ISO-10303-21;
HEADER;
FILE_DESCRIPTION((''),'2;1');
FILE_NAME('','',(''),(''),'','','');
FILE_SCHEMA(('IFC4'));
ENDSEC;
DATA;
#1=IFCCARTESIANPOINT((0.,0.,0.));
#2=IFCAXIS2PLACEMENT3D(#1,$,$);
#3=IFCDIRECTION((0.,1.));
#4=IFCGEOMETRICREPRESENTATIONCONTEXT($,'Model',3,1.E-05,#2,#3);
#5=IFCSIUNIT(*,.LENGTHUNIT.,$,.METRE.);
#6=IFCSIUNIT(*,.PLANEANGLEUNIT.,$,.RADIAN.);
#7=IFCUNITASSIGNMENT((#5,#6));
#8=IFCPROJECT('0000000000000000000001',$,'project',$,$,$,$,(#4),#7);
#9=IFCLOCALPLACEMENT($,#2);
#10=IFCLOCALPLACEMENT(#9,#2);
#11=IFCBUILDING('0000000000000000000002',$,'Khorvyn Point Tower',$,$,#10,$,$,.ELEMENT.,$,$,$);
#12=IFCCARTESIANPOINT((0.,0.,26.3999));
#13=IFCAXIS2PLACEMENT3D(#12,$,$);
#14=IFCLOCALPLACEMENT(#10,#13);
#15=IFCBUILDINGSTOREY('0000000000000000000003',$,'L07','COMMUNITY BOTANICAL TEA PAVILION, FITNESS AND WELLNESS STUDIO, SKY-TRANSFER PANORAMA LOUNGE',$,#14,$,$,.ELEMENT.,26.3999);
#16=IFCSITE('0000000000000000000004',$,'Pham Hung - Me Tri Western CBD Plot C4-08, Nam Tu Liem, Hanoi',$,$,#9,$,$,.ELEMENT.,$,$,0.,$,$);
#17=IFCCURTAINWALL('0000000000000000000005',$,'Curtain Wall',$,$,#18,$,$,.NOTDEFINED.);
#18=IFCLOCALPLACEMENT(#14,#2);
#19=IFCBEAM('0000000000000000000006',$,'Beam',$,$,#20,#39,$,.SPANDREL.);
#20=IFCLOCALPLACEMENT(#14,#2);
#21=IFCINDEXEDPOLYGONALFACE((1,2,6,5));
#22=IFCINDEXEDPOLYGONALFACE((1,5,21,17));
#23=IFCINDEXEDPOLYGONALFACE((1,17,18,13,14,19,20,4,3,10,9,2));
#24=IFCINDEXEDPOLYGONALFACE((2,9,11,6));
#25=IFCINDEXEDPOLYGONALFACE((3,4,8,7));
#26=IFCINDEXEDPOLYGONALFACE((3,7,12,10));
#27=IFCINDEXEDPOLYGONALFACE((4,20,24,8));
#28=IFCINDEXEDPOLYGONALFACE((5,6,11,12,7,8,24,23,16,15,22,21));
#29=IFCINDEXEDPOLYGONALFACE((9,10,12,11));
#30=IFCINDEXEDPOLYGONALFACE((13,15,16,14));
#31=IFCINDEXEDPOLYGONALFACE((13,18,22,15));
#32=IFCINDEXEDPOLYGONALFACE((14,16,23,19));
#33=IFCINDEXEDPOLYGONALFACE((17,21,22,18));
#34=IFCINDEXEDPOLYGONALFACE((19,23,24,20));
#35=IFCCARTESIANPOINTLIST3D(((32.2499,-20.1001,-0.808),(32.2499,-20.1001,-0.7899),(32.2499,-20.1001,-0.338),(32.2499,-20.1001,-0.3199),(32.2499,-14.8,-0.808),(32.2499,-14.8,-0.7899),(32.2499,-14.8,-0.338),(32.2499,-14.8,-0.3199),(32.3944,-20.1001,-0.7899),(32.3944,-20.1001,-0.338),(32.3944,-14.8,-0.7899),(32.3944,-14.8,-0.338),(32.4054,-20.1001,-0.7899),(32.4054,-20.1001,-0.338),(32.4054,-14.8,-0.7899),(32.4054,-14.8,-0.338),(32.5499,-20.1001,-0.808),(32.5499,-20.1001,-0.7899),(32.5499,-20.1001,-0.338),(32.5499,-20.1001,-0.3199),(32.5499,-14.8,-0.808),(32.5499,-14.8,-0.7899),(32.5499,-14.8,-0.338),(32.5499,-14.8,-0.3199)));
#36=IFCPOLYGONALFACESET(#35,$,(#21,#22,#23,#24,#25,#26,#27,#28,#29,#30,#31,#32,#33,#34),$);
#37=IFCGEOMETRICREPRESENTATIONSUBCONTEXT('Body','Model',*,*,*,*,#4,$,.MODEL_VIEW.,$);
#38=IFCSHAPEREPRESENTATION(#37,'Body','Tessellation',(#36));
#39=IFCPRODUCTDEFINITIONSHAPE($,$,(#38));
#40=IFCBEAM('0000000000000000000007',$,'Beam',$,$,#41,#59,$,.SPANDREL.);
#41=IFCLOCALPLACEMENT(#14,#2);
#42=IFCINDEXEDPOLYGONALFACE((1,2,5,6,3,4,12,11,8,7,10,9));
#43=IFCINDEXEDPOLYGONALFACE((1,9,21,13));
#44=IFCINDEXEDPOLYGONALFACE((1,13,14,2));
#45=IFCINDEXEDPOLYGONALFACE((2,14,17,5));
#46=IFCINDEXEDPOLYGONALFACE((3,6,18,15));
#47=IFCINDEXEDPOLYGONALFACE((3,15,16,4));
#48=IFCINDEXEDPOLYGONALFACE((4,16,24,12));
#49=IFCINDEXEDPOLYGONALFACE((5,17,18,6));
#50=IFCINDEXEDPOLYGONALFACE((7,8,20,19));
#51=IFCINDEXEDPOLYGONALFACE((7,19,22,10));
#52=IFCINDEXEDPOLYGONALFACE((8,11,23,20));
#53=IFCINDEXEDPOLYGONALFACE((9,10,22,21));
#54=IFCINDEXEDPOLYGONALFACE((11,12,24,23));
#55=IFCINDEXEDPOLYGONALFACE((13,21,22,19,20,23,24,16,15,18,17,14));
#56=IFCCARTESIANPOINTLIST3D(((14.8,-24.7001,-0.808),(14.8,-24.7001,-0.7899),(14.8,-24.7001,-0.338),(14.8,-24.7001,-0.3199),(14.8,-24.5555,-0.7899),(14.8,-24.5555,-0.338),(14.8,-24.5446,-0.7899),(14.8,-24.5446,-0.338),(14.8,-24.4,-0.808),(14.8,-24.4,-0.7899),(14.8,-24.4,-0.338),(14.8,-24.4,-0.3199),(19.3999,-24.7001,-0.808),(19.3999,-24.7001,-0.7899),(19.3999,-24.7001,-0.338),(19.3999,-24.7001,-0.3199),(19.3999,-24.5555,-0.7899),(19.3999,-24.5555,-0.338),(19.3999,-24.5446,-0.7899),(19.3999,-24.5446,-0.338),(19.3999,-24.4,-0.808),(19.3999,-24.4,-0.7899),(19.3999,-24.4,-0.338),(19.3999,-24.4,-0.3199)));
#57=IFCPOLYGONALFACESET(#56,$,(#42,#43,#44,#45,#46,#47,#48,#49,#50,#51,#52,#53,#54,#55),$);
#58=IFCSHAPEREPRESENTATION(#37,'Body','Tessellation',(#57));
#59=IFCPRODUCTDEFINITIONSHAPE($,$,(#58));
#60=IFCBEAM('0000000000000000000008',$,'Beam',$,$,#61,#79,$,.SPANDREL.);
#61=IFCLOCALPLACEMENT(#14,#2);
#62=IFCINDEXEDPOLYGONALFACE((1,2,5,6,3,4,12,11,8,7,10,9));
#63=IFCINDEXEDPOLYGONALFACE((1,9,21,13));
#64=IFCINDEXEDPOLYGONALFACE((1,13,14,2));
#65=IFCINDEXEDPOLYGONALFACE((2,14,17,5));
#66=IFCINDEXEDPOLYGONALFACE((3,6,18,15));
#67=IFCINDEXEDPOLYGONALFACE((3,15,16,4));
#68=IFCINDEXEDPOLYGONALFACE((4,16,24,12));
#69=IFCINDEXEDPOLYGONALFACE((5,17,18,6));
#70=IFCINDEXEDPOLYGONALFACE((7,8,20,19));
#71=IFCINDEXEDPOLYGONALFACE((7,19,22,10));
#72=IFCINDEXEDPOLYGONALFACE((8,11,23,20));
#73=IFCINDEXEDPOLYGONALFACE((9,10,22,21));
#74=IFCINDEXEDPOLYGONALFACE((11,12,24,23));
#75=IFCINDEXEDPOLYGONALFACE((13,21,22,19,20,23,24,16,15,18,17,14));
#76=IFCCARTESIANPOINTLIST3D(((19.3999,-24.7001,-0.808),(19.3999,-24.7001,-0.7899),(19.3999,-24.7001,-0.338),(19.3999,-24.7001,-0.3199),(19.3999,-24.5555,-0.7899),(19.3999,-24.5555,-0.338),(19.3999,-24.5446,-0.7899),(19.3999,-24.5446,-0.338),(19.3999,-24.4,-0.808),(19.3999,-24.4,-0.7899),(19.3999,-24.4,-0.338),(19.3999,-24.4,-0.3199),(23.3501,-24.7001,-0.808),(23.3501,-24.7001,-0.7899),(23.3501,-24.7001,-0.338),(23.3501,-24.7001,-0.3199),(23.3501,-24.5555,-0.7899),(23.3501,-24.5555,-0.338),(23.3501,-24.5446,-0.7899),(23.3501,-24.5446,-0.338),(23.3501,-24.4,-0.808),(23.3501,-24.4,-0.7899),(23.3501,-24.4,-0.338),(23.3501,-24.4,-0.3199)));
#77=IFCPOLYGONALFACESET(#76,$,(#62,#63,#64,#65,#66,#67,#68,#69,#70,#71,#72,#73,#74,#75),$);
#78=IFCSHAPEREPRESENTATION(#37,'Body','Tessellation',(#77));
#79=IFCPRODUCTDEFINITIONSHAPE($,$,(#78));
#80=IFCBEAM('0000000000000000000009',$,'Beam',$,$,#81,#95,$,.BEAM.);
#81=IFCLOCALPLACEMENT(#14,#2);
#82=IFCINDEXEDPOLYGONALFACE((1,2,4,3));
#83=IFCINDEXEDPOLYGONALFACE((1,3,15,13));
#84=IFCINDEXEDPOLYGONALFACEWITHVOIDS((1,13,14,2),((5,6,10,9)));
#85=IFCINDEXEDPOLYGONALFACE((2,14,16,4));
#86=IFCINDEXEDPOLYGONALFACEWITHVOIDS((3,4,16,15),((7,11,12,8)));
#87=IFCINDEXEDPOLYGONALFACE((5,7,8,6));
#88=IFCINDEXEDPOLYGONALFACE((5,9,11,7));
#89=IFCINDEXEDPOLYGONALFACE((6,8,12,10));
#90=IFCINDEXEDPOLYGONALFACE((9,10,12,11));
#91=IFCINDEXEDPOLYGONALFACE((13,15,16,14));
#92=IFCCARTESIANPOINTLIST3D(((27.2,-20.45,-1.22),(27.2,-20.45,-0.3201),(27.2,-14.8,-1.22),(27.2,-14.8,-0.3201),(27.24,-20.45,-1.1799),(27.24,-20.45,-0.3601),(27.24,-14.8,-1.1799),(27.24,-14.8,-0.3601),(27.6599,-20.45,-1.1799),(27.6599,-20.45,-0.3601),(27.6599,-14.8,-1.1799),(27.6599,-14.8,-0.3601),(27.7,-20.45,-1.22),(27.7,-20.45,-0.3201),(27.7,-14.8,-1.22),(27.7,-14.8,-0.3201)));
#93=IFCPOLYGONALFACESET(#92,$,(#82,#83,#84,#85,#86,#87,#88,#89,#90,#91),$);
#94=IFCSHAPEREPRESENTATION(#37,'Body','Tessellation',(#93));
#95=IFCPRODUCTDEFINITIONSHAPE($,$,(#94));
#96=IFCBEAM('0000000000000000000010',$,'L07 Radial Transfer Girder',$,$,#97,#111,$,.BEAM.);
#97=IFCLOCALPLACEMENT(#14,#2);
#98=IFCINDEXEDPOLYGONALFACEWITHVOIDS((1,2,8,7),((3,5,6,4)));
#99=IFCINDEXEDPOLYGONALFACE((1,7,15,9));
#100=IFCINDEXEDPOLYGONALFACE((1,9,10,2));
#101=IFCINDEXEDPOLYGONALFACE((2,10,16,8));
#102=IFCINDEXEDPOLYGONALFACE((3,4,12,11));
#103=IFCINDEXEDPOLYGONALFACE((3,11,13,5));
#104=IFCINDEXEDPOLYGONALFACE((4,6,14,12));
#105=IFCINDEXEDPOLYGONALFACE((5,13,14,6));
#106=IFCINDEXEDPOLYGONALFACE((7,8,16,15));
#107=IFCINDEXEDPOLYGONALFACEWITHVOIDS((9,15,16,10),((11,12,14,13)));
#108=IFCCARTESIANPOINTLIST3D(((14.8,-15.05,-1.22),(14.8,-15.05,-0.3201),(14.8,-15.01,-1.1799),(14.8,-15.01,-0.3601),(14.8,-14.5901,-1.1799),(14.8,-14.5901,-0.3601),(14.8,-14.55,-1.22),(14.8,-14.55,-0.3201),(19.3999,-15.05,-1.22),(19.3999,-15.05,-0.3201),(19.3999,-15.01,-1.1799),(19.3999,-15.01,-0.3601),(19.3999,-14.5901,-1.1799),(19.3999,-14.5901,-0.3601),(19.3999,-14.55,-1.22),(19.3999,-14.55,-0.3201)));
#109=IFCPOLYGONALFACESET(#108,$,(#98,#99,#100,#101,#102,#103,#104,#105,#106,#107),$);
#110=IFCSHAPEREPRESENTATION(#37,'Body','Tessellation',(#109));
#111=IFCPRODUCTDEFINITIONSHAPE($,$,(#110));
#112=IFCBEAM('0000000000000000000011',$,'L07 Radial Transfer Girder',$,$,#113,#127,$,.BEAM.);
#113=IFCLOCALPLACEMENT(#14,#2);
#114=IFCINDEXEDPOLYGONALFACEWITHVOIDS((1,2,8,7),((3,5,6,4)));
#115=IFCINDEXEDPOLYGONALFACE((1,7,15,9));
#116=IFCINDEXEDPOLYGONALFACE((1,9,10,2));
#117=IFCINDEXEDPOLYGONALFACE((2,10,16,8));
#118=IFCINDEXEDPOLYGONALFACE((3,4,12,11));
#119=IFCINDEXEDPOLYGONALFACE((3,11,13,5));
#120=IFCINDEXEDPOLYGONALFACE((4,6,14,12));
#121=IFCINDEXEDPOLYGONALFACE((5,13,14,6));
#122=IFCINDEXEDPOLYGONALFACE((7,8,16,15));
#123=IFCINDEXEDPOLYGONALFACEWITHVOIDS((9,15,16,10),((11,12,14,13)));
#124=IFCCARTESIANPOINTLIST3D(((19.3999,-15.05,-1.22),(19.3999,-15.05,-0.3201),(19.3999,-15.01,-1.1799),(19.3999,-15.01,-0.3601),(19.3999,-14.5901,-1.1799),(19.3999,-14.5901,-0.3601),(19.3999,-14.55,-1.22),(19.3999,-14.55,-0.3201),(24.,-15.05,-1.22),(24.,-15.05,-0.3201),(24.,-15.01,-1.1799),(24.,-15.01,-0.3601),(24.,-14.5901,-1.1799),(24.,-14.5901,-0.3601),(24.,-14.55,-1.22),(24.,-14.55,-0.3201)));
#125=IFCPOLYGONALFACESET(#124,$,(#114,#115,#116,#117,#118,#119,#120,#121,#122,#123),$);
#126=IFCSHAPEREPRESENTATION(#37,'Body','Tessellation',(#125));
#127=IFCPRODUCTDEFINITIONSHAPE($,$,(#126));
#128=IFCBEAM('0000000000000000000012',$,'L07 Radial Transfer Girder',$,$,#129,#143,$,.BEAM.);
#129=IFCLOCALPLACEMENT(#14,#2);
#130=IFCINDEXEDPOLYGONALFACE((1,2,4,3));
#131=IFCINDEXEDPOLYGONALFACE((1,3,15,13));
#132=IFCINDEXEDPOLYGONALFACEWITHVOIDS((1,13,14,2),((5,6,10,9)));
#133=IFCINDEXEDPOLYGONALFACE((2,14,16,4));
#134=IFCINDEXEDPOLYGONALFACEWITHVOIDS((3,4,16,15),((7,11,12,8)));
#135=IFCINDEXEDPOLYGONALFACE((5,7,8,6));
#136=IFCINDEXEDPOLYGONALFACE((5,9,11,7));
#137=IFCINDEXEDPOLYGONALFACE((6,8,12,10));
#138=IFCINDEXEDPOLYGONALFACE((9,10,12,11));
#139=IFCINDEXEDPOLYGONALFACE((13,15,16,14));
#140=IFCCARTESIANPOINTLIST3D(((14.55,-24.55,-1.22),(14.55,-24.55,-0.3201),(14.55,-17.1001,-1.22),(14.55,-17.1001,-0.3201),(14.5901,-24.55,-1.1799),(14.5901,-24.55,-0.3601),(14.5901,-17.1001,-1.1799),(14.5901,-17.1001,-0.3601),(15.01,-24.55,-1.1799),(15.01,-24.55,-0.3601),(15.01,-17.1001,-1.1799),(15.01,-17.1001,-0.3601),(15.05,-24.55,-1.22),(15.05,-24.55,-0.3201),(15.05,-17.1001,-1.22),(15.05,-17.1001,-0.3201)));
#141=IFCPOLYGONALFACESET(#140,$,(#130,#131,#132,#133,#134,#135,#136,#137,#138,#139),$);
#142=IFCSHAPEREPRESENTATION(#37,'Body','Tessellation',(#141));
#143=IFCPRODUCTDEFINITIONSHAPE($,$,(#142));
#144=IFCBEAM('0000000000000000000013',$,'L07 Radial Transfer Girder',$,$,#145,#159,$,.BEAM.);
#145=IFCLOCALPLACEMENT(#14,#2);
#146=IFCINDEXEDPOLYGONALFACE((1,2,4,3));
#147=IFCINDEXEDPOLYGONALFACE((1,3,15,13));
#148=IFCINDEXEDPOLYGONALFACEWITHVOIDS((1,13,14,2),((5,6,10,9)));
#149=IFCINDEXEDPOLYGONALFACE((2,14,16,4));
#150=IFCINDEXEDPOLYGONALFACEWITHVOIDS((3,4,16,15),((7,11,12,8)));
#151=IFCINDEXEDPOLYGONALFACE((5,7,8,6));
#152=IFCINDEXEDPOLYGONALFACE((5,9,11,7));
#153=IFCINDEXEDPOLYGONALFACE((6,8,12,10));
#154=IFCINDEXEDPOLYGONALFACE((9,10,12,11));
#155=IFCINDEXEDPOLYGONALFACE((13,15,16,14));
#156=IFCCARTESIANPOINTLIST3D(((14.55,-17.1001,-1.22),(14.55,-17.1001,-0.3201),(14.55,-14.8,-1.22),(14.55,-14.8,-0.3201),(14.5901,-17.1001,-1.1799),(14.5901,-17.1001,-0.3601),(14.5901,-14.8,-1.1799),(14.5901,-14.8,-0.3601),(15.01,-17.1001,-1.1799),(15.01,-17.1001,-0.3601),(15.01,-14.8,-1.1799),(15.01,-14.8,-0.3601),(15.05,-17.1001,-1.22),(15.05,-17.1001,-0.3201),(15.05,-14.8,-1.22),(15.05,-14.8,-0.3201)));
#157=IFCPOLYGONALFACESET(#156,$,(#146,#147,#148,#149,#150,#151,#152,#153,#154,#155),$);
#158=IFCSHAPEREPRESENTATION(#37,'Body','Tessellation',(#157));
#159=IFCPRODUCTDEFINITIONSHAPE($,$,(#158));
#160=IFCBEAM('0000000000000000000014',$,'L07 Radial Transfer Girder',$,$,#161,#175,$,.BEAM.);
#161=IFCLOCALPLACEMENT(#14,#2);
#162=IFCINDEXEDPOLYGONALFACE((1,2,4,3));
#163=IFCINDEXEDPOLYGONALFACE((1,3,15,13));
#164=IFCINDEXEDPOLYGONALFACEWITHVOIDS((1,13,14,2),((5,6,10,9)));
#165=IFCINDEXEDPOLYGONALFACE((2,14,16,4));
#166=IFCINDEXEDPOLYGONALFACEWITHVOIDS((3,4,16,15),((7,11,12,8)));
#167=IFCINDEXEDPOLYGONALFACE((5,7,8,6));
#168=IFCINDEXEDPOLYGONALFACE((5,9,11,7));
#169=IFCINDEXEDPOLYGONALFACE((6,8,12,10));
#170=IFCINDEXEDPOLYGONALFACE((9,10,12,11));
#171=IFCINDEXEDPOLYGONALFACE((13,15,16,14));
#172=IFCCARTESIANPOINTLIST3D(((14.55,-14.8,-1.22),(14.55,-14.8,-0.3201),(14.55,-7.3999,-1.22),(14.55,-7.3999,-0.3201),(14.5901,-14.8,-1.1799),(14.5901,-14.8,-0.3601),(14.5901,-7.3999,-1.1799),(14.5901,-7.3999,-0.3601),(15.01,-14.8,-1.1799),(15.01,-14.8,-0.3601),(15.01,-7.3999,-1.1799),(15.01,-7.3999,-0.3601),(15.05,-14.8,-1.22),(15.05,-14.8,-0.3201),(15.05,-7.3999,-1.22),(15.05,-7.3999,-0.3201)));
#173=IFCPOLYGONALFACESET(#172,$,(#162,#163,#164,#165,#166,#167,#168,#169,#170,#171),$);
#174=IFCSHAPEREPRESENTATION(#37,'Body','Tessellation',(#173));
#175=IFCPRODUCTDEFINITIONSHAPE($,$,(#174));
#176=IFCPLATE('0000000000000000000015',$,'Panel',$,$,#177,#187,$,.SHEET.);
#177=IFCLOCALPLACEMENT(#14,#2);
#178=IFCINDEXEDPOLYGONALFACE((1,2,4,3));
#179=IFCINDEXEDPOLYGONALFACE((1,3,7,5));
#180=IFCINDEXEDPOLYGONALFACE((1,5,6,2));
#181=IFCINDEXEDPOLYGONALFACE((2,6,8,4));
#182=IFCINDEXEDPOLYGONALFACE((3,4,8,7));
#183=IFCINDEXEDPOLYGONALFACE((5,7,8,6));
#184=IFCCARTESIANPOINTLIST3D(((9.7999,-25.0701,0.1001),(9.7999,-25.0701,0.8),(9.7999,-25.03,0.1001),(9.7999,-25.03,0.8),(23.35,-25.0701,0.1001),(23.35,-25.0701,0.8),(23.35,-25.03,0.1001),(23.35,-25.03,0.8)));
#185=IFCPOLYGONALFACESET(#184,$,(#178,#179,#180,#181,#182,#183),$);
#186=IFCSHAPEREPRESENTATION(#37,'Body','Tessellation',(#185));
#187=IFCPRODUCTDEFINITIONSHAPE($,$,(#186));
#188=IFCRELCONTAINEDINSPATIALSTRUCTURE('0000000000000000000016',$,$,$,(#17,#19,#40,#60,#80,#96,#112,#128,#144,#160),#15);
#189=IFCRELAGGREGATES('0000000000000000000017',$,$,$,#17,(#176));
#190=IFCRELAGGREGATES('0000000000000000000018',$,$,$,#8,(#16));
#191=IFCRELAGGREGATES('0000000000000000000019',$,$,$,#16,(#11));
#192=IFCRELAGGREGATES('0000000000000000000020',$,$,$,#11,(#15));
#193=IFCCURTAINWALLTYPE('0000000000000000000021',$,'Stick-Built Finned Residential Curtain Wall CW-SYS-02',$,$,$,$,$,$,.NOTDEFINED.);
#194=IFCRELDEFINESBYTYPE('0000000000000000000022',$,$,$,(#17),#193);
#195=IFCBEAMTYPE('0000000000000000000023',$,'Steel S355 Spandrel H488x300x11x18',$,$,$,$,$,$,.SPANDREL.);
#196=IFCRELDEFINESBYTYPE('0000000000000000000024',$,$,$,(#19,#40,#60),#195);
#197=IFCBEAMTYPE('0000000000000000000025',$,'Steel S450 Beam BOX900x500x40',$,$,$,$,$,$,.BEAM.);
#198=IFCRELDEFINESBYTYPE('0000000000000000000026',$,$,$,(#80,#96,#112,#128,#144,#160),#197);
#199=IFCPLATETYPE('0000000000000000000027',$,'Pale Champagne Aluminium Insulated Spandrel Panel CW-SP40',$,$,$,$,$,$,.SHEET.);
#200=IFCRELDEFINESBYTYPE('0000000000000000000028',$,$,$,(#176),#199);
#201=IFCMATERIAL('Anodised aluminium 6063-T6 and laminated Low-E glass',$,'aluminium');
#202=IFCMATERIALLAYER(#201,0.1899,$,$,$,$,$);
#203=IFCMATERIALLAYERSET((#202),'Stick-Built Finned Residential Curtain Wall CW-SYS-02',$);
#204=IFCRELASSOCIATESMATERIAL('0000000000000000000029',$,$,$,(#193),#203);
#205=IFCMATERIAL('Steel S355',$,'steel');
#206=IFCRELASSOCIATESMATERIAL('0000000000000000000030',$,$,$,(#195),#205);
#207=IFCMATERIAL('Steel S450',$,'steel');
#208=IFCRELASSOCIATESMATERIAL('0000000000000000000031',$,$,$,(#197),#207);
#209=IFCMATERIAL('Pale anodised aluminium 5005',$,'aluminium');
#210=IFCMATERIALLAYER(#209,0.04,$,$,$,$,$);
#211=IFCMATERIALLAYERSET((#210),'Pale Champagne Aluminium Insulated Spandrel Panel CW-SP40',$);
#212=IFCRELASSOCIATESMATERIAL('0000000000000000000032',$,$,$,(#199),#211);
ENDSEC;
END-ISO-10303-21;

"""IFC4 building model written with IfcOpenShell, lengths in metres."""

from ifc_helpers import new_model, si_unit, direction, frame, origin, origin_2d, place, context, subcontext, project, spatial, rectangle, hollow_rectangle, i_section, extrude, material, layer, layer_set, material_profile, profile_set, type_object, element, aggregate, save


model = new_model("IFC4")

# Units and contexts
model_context = context("Model", 3, precision=1e-05, world=origin(), true_north=direction((0.0, 1.0)))
body_context = subcontext(model_context, "Body", "Model", "MODEL_VIEW")
ifc_project = project(units=[si_unit("LENGTHUNIT", "METRE"), si_unit("PLANEANGLEUNIT", "RADIAN")], contexts=[model_context])

# Site, building, storey
site_placement = place(None, origin())
site = spatial("IfcSite", under=ifc_project, at=site_placement, Name="Pham Hung - Me Tri Western CBD Plot C4-08, Nam Tu Liem, Hanoi", CompositionType="ELEMENT", RefElevation=0.0)
building_placement = place(site_placement, origin())
building = spatial("IfcBuilding", under=site, at=building_placement, Name="Khorvyn Point Tower", CompositionType="ELEMENT")
storey_placement = place(building_placement, frame((0.0, 0.0, 26.3999)))
storey = spatial("IfcBuildingStorey", under=building, at=storey_placement, Name="L07", Description="COMMUNITY BOTANICAL TEA PAVILION, FITNESS AND WELLNESS STUDIO, SKY-TRANSFER PANORAMA LOUNGE", CompositionType="ELEMENT", Elevation=26.3999)

# Shared definitions
ifc_material_1 = material(Name="Steel S450", Category="steel")

# Curtain wall
ifc_material_2 = material(Name="Anodised aluminium 6063-T6 and laminated Low-E glass", Category="aluminium")
ifc_layer_1 = layer(ifc_material_2, 0.1899)
ifc_layer_set_1 = layer_set([ifc_layer_1], Name="Stick-Built Finned Residential Curtain Wall CW-SYS-02")
curtain_wall_type = type_object("IfcCurtainWallType", Name="Stick-Built Finned Residential Curtain Wall CW-SYS-02", PredefinedType="NOTDEFINED", material=ifc_layer_set_1)
curtain_wall_1_placement = place(storey_placement, origin())
curtain_wall_1 = element("IfcCurtainWall", 1, at=curtain_wall_1_placement, inside=storey, type_object=curtain_wall_type, Name="Curtain Wall", PredefinedType="NOTDEFINED")

# Beams
ifc_material_3 = material(Name="Steel S355", Category="steel")
ifc_material_profile_1 = material_profile(ifc_material_3, i_section(OverallWidth=0.3, OverallDepth=0.488, WebThickness=0.011, FlangeThickness=0.0181, at=origin_2d()))
ifc_profile_set_1 = profile_set([ifc_material_profile_1], Name="Steel S355 H488x300x11x18")
beam_type_1 = type_object("IfcBeamType", Name="Steel S355 Spandrel H488x300x11x18", PredefinedType="SPANDREL", material=ifc_profile_set_1)
beam_1_placement = place(storey_placement, frame((32.3999, -20.1001, -0.564), z_axis=(0.0, 1.0, 0.0), x_axis=(-1.0, 0.0, 0.0)))
element("IfcBeam", 2, at=beam_1_placement, inside=storey, type_object=beam_type_1, Name="Beam", PredefinedType="SPANDREL", context=body_context, shape_type="SweptSolid", body=[
    extrude(i_section(OverallWidth=0.3, OverallDepth=0.488, WebThickness=0.011, FlangeThickness=0.0181, at=origin_2d()), origin(), (0.0, 0.0, 1.0), 5.3),
])
beam_2_placement = place(storey_placement, frame((14.8, -24.55, -0.564), z_axis=(1.0, 0.0, 0.0), x_axis=(0.0, 1.0, 0.0)))
element("IfcBeam", 3, at=beam_2_placement, inside=storey, type_object=beam_type_1, Name="Beam", PredefinedType="SPANDREL", context=body_context, shape_type="SweptSolid", body=[
    extrude(i_section(OverallWidth=0.3, OverallDepth=0.488, WebThickness=0.011, FlangeThickness=0.0181, at=origin_2d()), origin(), (0.0, 0.0, 1.0), 4.5999),
])
beam_3_placement = place(storey_placement, frame((19.3999, -24.55, -0.564), z_axis=(1.0, 0.0, 0.0), x_axis=(0.0, 1.0, 0.0)))
element("IfcBeam", 4, at=beam_3_placement, inside=storey, type_object=beam_type_1, Name="Beam", PredefinedType="SPANDREL", context=body_context, shape_type="SweptSolid", body=[
    extrude(i_section(OverallWidth=0.3, OverallDepth=0.488, WebThickness=0.011, FlangeThickness=0.0181, at=origin_2d()), origin(), (0.0, 0.0, 1.0), 3.9502),
])
ifc_material_profile_2 = material_profile(ifc_material_1, hollow_rectangle(XDim=0.5, YDim=0.8999, WallThickness=0.04, at=origin_2d()))
ifc_profile_set_2 = profile_set([ifc_material_profile_2], Name="Steel S450 BOX900x500x40")
beam_type_2 = type_object("IfcBeamType", Name="Steel S450 Beam BOX900x500x40", PredefinedType="BEAM", material=ifc_profile_set_2)
beam_4_placement = place(storey_placement, frame((27.45, -20.45, -0.77), z_axis=(0.0, 1.0, 0.0), x_axis=(-1.0, 0.0, 0.0)))
element("IfcBeam", 5, at=beam_4_placement, inside=storey, type_object=beam_type_2, Name="Beam", PredefinedType="BEAM", context=body_context, shape_type="SweptSolid", body=[
    extrude(hollow_rectangle(XDim=0.5, YDim=0.8999, WallThickness=0.04, at=origin_2d()), origin(), (0.0, 0.0, 1.0), 5.6499),
])
beam_5_placement = place(storey_placement, frame((14.8, -14.8, -0.77), z_axis=(1.0, 0.0, 0.0), x_axis=(0.0, 1.0, 0.0)))
element("IfcBeam", 6, at=beam_5_placement, inside=storey, type_object=beam_type_2, Name="L07 Radial Transfer Girder", PredefinedType="BEAM", context=body_context, shape_type="SweptSolid", body=[
    extrude(hollow_rectangle(XDim=0.5, YDim=0.8999, WallThickness=0.04, at=origin_2d()), origin(), (0.0, 0.0, 1.0), 4.5999),
])
beam_6_placement = place(storey_placement, frame((19.3999, -14.8, -0.77), z_axis=(1.0, 0.0, 0.0), x_axis=(0.0, 1.0, 0.0)))
element("IfcBeam", 7, at=beam_6_placement, inside=storey, type_object=beam_type_2, Name="L07 Radial Transfer Girder", PredefinedType="BEAM", context=body_context, shape_type="SweptSolid", body=[
    extrude(hollow_rectangle(XDim=0.5, YDim=0.8999, WallThickness=0.04, at=origin_2d()), origin(), (0.0, 0.0, 1.0), 4.6001),
])
beam_7_placement = place(storey_placement, frame((14.8, -24.55, -0.77), z_axis=(0.0, 1.0, 0.0), x_axis=(-1.0, 0.0, 0.0)))
element("IfcBeam", 8, at=beam_7_placement, inside=storey, type_object=beam_type_2, Name="L07 Radial Transfer Girder", PredefinedType="BEAM", context=body_context, shape_type="SweptSolid", body=[
    extrude(hollow_rectangle(XDim=0.5, YDim=0.8999, WallThickness=0.04, at=origin_2d()), origin(), (0.0, 0.0, 1.0), 7.45),
])
beam_8_placement = place(storey_placement, frame((14.8, -17.1001, -0.77), z_axis=(0.0, 1.0, 0.0), x_axis=(-1.0, 0.0, 0.0)))
element("IfcBeam", 9, at=beam_8_placement, inside=storey, type_object=beam_type_2, Name="L07 Radial Transfer Girder", PredefinedType="BEAM", context=body_context, shape_type="SweptSolid", body=[
    extrude(hollow_rectangle(XDim=0.5, YDim=0.8999, WallThickness=0.04, at=origin_2d()), origin(), (0.0, 0.0, 1.0), 2.3),
])
beam_9_placement = place(storey_placement, frame((14.8, -14.8, -0.77), z_axis=(0.0, 1.0, 0.0), x_axis=(-1.0, 0.0, 0.0)))
element("IfcBeam", 10, at=beam_9_placement, inside=storey, type_object=beam_type_2, Name="L07 Radial Transfer Girder", PredefinedType="BEAM", context=body_context, shape_type="SweptSolid", body=[
    extrude(hollow_rectangle(XDim=0.5, YDim=0.8999, WallThickness=0.04, at=origin_2d()), origin(), (0.0, 0.0, 1.0), 7.4001),
])

# Plate
ifc_material_4 = material(Name="Pale anodised aluminium 5005", Category="aluminium")
ifc_layer_2 = layer(ifc_material_4, 0.04)
ifc_layer_set_2 = layer_set([ifc_layer_2], Name="Pale Champagne Aluminium Insulated Spandrel Panel CW-SP40")
plate_type_1 = type_object("IfcPlateType", Name="Pale Champagne Aluminium Insulated Spandrel Panel CW-SP40", PredefinedType="SHEET", material=ifc_layer_set_2)
plate_1_placement = place(storey_placement, frame((16.575, -25.05, 0.1001), z_axis=(0.0, 0.0, 1.0), x_axis=(-1.0, 0.0, 0.0)))
plate_1 = element("IfcPlate", 11, at=plate_1_placement, type_object=plate_type_1, Name="Panel", PredefinedType="SHEET", context=body_context, shape_type="SweptSolid", body=[
    extrude(rectangle(XDim=13.55, YDim=0.04, at=origin_2d()), origin(), (0.0, 0.0, 1.0), 0.7),
])
aggregate(curtain_wall_1, [plate_1])

save(model, "model.ifc")
